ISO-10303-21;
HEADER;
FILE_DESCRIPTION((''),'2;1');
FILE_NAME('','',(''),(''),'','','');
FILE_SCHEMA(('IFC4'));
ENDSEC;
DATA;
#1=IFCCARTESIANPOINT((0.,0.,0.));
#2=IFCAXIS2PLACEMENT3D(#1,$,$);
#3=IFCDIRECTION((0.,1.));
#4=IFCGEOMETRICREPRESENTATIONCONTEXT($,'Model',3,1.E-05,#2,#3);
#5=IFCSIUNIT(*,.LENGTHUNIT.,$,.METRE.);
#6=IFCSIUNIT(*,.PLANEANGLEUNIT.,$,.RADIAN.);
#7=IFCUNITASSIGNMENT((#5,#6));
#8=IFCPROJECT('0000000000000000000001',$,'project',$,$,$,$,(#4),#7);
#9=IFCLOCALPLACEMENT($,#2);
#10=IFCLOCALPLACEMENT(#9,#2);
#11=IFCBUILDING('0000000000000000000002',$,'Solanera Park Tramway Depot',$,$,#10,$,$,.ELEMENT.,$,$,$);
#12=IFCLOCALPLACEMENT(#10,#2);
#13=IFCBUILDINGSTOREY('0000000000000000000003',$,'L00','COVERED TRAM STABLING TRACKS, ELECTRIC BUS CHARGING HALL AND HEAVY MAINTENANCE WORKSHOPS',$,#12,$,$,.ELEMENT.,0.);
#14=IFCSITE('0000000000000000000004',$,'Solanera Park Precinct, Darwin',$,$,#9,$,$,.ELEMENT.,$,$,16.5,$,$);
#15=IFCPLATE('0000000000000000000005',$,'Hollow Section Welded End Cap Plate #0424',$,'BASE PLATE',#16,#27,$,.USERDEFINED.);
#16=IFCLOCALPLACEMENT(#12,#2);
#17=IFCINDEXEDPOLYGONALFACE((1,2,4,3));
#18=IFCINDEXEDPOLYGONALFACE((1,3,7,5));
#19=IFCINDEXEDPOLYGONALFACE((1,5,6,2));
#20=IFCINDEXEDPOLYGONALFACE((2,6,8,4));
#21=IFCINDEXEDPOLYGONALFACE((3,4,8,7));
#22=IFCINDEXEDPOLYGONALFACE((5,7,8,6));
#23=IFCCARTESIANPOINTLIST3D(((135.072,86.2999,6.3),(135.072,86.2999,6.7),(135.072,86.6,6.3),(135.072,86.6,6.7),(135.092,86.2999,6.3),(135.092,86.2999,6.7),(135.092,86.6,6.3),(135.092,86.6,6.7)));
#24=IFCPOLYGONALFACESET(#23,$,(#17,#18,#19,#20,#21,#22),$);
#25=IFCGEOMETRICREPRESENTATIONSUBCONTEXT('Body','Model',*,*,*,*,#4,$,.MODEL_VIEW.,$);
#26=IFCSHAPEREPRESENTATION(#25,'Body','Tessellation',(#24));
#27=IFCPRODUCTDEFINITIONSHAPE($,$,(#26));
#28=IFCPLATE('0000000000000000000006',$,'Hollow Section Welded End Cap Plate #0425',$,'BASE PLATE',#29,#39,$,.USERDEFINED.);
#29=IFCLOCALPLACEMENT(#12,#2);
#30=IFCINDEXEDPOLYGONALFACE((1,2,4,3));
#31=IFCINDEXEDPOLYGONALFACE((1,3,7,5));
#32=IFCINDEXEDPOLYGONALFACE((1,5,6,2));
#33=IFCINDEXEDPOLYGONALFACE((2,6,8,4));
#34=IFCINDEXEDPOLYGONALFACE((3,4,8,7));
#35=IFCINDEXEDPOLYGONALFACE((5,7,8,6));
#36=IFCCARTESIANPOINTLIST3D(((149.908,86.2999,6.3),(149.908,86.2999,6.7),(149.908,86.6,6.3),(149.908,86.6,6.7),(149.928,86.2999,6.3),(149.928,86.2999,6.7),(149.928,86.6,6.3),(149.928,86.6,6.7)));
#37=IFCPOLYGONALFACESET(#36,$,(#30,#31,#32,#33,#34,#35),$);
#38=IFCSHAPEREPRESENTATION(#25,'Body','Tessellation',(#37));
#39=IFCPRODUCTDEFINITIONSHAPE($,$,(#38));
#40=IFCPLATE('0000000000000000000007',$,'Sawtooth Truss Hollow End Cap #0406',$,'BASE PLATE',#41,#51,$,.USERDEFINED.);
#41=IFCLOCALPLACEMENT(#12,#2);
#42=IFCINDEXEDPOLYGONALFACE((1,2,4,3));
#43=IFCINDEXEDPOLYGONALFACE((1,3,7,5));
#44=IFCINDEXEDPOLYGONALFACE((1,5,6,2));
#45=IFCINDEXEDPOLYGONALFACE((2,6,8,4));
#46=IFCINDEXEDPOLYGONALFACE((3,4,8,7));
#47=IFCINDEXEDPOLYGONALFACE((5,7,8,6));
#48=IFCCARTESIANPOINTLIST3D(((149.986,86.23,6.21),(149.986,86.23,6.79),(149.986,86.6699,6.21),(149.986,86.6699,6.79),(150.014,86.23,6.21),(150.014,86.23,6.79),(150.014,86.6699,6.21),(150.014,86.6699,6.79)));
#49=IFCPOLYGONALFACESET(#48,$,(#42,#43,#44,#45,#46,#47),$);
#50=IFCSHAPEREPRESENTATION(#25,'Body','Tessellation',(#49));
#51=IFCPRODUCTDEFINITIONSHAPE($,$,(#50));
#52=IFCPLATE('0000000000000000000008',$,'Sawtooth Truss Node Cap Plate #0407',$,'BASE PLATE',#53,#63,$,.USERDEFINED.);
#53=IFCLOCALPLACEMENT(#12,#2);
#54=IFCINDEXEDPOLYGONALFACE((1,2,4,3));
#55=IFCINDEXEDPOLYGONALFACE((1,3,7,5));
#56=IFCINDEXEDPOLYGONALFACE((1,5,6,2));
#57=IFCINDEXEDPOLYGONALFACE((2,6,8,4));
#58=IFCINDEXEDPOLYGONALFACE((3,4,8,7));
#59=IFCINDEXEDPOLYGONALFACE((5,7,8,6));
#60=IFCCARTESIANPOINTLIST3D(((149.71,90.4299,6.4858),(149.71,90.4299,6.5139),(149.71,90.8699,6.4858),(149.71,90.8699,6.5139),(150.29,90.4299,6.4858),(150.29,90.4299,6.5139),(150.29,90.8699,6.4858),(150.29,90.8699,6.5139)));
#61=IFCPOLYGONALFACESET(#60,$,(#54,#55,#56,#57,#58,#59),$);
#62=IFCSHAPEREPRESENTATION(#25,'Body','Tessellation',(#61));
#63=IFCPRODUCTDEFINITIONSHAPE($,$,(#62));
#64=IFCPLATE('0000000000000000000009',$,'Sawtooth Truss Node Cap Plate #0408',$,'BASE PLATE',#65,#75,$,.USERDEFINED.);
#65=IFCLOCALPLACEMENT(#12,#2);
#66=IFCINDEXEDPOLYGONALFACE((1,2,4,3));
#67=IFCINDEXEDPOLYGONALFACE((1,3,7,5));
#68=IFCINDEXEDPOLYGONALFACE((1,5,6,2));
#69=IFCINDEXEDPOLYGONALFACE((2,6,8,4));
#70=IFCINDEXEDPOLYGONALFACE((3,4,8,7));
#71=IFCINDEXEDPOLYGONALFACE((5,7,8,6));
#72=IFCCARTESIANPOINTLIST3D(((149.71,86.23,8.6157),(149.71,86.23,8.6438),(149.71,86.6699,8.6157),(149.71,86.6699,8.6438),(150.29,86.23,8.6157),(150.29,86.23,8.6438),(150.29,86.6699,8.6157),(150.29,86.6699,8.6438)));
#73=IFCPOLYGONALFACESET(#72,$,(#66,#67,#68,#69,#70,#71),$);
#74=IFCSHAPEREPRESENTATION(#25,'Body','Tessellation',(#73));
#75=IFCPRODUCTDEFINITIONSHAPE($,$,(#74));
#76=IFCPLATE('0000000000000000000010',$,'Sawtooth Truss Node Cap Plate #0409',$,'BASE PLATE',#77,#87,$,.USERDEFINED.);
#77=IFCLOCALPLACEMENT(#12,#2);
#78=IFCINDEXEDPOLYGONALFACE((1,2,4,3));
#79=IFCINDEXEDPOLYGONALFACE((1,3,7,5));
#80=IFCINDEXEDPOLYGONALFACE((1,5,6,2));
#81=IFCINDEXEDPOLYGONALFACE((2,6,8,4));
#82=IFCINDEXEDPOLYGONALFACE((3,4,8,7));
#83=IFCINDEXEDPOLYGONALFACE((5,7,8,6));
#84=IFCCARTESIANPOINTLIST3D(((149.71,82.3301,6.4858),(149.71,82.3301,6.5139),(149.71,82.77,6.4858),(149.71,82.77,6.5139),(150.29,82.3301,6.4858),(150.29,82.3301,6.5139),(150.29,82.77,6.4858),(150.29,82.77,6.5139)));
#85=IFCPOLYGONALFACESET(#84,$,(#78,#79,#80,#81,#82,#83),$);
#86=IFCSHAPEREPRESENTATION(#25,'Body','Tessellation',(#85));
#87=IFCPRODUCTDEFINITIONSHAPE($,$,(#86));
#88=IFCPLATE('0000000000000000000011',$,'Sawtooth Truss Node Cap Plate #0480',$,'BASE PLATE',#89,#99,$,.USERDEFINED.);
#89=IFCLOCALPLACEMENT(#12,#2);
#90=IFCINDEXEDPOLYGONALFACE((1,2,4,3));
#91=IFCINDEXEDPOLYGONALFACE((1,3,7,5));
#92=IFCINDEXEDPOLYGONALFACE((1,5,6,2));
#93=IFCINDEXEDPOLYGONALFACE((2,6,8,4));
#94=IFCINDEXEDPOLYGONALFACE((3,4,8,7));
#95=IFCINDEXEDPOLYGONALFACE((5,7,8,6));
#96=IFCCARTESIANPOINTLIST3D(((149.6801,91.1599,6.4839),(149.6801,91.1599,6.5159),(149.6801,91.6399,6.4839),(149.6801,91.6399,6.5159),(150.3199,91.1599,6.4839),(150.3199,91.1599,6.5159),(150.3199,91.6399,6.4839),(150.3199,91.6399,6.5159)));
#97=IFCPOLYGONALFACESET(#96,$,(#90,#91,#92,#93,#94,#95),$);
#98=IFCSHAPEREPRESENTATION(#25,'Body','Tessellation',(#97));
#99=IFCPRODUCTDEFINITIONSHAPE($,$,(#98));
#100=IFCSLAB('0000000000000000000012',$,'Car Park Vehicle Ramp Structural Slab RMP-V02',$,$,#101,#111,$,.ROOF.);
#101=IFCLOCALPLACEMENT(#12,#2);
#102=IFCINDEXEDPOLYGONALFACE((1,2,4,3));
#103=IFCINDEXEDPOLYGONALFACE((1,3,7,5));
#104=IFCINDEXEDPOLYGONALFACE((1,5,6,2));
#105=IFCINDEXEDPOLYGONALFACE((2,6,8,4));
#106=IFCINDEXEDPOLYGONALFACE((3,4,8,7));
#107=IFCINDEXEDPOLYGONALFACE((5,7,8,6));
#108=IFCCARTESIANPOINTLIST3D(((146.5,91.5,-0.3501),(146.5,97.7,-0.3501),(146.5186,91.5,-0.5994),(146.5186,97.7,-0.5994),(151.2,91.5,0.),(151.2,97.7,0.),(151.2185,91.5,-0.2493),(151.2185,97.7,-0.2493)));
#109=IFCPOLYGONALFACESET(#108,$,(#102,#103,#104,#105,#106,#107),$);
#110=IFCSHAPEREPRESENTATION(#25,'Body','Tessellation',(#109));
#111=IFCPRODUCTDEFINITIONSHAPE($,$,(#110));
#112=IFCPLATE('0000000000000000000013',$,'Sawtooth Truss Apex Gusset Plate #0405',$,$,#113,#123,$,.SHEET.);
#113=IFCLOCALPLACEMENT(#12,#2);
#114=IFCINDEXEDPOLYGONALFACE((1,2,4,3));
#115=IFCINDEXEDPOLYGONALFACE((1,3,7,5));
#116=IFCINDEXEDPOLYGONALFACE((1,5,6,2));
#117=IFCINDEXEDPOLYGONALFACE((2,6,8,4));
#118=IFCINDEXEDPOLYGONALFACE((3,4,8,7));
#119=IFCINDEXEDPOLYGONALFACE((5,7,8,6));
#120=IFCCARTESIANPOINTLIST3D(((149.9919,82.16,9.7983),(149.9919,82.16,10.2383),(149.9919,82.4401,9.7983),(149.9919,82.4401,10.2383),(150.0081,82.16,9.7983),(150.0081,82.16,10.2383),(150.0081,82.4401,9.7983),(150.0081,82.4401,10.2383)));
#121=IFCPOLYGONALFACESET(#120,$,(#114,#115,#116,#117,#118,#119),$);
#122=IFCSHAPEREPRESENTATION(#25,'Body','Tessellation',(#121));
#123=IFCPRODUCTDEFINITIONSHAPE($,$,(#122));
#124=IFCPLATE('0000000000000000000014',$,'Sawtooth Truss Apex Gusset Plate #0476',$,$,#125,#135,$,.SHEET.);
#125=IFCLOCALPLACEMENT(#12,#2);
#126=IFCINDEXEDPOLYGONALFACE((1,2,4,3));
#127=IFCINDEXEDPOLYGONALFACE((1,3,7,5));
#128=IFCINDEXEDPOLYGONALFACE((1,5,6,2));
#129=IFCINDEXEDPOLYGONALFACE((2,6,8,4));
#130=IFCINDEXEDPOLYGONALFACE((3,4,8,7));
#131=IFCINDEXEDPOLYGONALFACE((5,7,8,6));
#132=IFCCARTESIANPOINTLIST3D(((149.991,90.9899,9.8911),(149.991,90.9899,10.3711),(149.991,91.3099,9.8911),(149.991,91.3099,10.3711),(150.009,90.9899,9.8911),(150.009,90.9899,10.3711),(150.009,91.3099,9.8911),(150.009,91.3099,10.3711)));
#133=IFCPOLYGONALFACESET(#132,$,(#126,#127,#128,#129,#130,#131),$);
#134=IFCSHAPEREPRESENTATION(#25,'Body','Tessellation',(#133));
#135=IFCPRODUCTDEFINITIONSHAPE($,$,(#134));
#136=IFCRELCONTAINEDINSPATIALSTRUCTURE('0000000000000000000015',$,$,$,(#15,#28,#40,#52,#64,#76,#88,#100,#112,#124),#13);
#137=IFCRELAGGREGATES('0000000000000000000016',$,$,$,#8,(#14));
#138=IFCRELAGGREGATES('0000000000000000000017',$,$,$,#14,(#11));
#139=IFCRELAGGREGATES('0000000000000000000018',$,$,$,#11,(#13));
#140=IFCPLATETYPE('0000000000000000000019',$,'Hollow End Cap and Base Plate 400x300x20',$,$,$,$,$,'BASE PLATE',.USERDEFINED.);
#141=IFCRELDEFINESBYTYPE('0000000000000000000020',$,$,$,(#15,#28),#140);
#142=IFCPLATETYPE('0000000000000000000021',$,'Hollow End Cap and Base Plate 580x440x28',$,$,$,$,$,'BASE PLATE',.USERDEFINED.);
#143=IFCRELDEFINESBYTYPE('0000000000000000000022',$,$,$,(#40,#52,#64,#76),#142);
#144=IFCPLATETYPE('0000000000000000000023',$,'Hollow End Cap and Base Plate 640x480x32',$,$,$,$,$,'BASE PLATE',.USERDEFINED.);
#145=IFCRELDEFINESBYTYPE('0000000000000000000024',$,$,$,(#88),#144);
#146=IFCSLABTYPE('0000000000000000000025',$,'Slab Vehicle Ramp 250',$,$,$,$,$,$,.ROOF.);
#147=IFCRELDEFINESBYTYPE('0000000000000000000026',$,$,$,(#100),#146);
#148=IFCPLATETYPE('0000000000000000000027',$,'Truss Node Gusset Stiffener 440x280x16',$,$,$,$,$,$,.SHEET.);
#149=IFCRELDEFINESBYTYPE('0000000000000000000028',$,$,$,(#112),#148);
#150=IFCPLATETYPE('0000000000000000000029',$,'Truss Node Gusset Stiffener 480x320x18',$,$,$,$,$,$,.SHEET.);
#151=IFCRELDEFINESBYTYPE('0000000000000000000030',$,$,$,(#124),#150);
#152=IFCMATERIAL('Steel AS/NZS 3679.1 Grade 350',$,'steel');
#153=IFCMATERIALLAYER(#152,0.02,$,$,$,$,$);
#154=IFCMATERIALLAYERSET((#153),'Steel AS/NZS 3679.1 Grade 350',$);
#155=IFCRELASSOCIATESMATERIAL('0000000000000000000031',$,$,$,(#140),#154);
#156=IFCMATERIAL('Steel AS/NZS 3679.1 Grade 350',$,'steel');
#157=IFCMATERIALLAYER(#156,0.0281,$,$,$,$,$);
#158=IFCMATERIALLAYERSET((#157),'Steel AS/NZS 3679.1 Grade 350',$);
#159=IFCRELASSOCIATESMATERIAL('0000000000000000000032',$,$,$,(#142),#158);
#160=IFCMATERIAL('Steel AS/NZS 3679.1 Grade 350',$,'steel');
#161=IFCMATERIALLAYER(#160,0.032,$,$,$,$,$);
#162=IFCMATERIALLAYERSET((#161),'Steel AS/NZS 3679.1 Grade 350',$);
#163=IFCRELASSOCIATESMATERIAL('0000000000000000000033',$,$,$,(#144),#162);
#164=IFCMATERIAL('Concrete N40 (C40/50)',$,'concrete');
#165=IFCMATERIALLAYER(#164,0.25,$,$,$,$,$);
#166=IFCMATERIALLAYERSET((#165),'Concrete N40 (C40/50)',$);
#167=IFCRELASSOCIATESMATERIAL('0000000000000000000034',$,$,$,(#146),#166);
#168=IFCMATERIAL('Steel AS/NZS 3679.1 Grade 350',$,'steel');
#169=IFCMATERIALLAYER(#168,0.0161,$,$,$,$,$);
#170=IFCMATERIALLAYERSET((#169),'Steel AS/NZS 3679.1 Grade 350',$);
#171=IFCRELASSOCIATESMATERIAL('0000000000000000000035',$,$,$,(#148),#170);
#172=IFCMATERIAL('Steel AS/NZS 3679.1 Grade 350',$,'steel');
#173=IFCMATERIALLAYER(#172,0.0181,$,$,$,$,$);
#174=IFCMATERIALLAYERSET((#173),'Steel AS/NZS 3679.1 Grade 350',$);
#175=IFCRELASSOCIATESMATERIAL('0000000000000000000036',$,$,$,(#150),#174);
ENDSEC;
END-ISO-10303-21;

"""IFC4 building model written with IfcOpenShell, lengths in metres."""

from ifc_helpers import new_model, si_unit, direction, frame, origin, origin_2d, place, context, subcontext, project, spatial, polyline, rectangle, outline, extrude, material, layer, layer_set, type_object, element, save


model = new_model("IFC4")

# Units and contexts
model_context = context("Model", 3, precision=1e-05, world=origin(), true_north=direction((0.0, 1.0)))
body_context = subcontext(model_context, "Body", "Model", "MODEL_VIEW")
ifc_project = project(units=[si_unit("LENGTHUNIT", "METRE"), si_unit("PLANEANGLEUNIT", "RADIAN")], contexts=[model_context])

# Site, building, storey
site_placement = place(None, origin())
site = spatial("IfcSite", under=ifc_project, at=site_placement, Name="Solanera Park Precinct, Darwin", CompositionType="ELEMENT", RefElevation=16.5)
building_placement = place(site_placement, origin())
building = spatial("IfcBuilding", under=site, at=building_placement, Name="Solanera Park Tramway Depot", CompositionType="ELEMENT")
storey_placement = place(building_placement, origin())
storey = spatial("IfcBuildingStorey", under=building, at=storey_placement, Name="L00", Description="COVERED TRAM STABLING TRACKS, ELECTRIC BUS CHARGING HALL AND HEAVY MAINTENANCE WORKSHOPS", CompositionType="ELEMENT", Elevation=0.0)

# Plates
ifc_material_1 = material(Name="Steel AS/NZS 3679.1 Grade 350", Category="steel")
ifc_layer_1 = layer(ifc_material_1, 0.02)
ifc_layer_set_1 = layer_set([ifc_layer_1], Name="Steel AS/NZS 3679.1 Grade 350")
plate_type_1 = type_object("IfcPlateType", Name="Hollow End Cap and Base Plate 400x300x20", ElementType="BASE PLATE", PredefinedType="USERDEFINED", material=ifc_layer_set_1)
for number, where, z_axis, x_axis, name in (
    (1, (135.082, 86.45, 6.3), (0.0, 0.0, 1.0), (1.0, 0.0, 0.0), "Hollow Section Welded End Cap Plate #0424"),
    (2, (149.918, 86.45, 6.3), (0.0, 0.0, 1.0), (1.0, 0.0, 0.0), "Hollow Section Welded End Cap Plate #0425"),
):
    element("IfcPlate", number, at=place(storey_placement, frame(where, z_axis=z_axis, x_axis=x_axis)), inside=storey, type_object=plate_type_1, Name=name, ObjectType="BASE PLATE", PredefinedType="USERDEFINED", context=body_context, shape_type="SweptSolid", body=[
        extrude(rectangle(XDim=0.02, YDim=0.3, at=origin_2d()), origin(), (0.0, 0.0, 1.0), 0.3999),
    ])
ifc_material_2 = material(Name="Steel AS/NZS 3679.1 Grade 350", Category="steel")
ifc_layer_2 = layer(ifc_material_2, 0.0281)
ifc_layer_set_2 = layer_set([ifc_layer_2], Name="Steel AS/NZS 3679.1 Grade 350")
plate_type_2 = type_object("IfcPlateType", Name="Hollow End Cap and Base Plate 580x440x28", ElementType="BASE PLATE", PredefinedType="USERDEFINED", material=ifc_layer_set_2)
plate_1_placement = place(storey_placement, frame((150.0, 86.45, 6.21), z_axis=(0.0, 0.0, 1.0), x_axis=(1.0, 0.0, 0.0)))
element("IfcPlate", 3, at=plate_1_placement, inside=storey, type_object=plate_type_2, Name="Sawtooth Truss Hollow End Cap #0406", ObjectType="BASE PLATE", PredefinedType="USERDEFINED", context=body_context, shape_type="SweptSolid", body=[
    extrude(rectangle(XDim=0.0281, YDim=0.4399, at=origin_2d()), origin(), (0.0, 0.0, 1.0), 0.5801),
])
for number, where, z_axis, x_axis, name in (
    (4, (150.0, 90.6499, 6.4858), (0.0, 0.0, 1.0), (1.0, 0.0, 0.0), "Sawtooth Truss Node Cap Plate #0407"),
    (5, (150.0, 86.45, 8.6157), (0.0, 0.0, 1.0), (1.0, 0.0, 0.0), "Sawtooth Truss Node Cap Plate #0408"),
    (6, (150.0, 82.55, 6.4858), (0.0, 0.0, 1.0), (1.0, 0.0, 0.0), "Sawtooth Truss Node Cap Plate #0409"),
):
    element("IfcPlate", number, at=place(storey_placement, frame(where, z_axis=z_axis, x_axis=x_axis)), inside=storey, type_object=plate_type_2, Name=name, ObjectType="BASE PLATE", PredefinedType="USERDEFINED", context=body_context, shape_type="SweptSolid", body=[
        extrude(rectangle(XDim=0.5801, YDim=0.4399, at=origin_2d()), origin(), (0.0, 0.0, 1.0), 0.0281),
    ])
ifc_material_3 = material(Name="Steel AS/NZS 3679.1 Grade 350", Category="steel")
ifc_layer_3 = layer(ifc_material_3, 0.032)
ifc_layer_set_3 = layer_set([ifc_layer_3], Name="Steel AS/NZS 3679.1 Grade 350")
plate_type_3 = type_object("IfcPlateType", Name="Hollow End Cap and Base Plate 640x480x32", ElementType="BASE PLATE", PredefinedType="USERDEFINED", material=ifc_layer_set_3)
plate_2_placement = place(storey_placement, frame((150.0, 91.3999, 6.4839), z_axis=(0.0, 0.0, 1.0), x_axis=(1.0, 0.0, 0.0)))
element("IfcPlate", 7, at=plate_2_placement, inside=storey, type_object=plate_type_3, Name="Sawtooth Truss Node Cap Plate #0480", ObjectType="BASE PLATE", PredefinedType="USERDEFINED", context=body_context, shape_type="SweptSolid", body=[
    extrude(rectangle(XDim=0.6399, YDim=0.48, at=origin_2d()), origin(), (0.0, 0.0, 1.0), 0.032),
])

# Slab
ifc_material_4 = material(Name="Concrete N40 (C40/50)", Category="concrete")
ifc_layer_4 = layer(ifc_material_4, 0.25)
ifc_layer_set_4 = layer_set([ifc_layer_4], Name="Concrete N40 (C40/50)")
slab_type = type_object("IfcSlabType", Name="Slab Vehicle Ramp 250", PredefinedType="ROOF", material=ifc_layer_set_4)
slab_placement = place(storey_placement, frame((146.5, 91.5, -0.3501), z_axis=(-0.074284, 0.0, 0.997237), x_axis=(0.997237, 0.0, 0.074284)))
element("IfcSlab", 8, at=slab_placement, inside=storey, type_object=slab_type, Name="Car Park Vehicle Ramp Structural Slab RMP-V02", PredefinedType="ROOF", context=body_context, shape_type="SweptSolid", body=[
    extrude(outline(polyline([(0.0, 0.0), (4.713, 0.0), (4.713, 6.2), (0.0, 6.2), (0.0, 0.0)])), origin(), (0.0, 0.0, -1.0), 0.25),
])

# Plates
ifc_material_5 = material(Name="Steel AS/NZS 3679.1 Grade 350", Category="steel")
ifc_layer_5 = layer(ifc_material_5, 0.0161)
ifc_layer_set_5 = layer_set([ifc_layer_5], Name="Steel AS/NZS 3679.1 Grade 350")
plate_type_4 = type_object("IfcPlateType", Name="Truss Node Gusset Stiffener 440x280x16", PredefinedType="SHEET", material=ifc_layer_set_5)
plate_3_placement = place(storey_placement, frame((150.0, 82.3, 9.7983), z_axis=(0.0, 0.0, 1.0), x_axis=(1.0, 0.0, 0.0)))
element("IfcPlate", 9, at=plate_3_placement, inside=storey, type_object=plate_type_4, Name="Sawtooth Truss Apex Gusset Plate #0405", PredefinedType="SHEET", context=body_context, shape_type="SweptSolid", body=[
    extrude(rectangle(XDim=0.0161, YDim=0.28, at=origin_2d()), origin(), (0.0, 0.0, 1.0), 0.4399),
])
ifc_material_6 = material(Name="Steel AS/NZS 3679.1 Grade 350", Category="steel")
ifc_layer_6 = layer(ifc_material_6, 0.0181)
ifc_layer_set_6 = layer_set([ifc_layer_6], Name="Steel AS/NZS 3679.1 Grade 350")
plate_type_5 = type_object("IfcPlateType", Name="Truss Node Gusset Stiffener 480x320x18", PredefinedType="SHEET", material=ifc_layer_set_6)
plate_4_placement = place(storey_placement, frame((150.0, 91.1499, 9.8911), z_axis=(0.0, 0.0, 1.0), x_axis=(1.0, 0.0, 0.0)))
element("IfcPlate", 10, at=plate_4_placement, inside=storey, type_object=plate_type_5, Name="Sawtooth Truss Apex Gusset Plate #0476", PredefinedType="SHEET", context=body_context, shape_type="SweptSolid", body=[
    extrude(rectangle(XDim=0.0181, YDim=0.3201, at=origin_2d()), origin(), (0.0, 0.0, 1.0), 0.48),
])

save(model, "model.ifc")
